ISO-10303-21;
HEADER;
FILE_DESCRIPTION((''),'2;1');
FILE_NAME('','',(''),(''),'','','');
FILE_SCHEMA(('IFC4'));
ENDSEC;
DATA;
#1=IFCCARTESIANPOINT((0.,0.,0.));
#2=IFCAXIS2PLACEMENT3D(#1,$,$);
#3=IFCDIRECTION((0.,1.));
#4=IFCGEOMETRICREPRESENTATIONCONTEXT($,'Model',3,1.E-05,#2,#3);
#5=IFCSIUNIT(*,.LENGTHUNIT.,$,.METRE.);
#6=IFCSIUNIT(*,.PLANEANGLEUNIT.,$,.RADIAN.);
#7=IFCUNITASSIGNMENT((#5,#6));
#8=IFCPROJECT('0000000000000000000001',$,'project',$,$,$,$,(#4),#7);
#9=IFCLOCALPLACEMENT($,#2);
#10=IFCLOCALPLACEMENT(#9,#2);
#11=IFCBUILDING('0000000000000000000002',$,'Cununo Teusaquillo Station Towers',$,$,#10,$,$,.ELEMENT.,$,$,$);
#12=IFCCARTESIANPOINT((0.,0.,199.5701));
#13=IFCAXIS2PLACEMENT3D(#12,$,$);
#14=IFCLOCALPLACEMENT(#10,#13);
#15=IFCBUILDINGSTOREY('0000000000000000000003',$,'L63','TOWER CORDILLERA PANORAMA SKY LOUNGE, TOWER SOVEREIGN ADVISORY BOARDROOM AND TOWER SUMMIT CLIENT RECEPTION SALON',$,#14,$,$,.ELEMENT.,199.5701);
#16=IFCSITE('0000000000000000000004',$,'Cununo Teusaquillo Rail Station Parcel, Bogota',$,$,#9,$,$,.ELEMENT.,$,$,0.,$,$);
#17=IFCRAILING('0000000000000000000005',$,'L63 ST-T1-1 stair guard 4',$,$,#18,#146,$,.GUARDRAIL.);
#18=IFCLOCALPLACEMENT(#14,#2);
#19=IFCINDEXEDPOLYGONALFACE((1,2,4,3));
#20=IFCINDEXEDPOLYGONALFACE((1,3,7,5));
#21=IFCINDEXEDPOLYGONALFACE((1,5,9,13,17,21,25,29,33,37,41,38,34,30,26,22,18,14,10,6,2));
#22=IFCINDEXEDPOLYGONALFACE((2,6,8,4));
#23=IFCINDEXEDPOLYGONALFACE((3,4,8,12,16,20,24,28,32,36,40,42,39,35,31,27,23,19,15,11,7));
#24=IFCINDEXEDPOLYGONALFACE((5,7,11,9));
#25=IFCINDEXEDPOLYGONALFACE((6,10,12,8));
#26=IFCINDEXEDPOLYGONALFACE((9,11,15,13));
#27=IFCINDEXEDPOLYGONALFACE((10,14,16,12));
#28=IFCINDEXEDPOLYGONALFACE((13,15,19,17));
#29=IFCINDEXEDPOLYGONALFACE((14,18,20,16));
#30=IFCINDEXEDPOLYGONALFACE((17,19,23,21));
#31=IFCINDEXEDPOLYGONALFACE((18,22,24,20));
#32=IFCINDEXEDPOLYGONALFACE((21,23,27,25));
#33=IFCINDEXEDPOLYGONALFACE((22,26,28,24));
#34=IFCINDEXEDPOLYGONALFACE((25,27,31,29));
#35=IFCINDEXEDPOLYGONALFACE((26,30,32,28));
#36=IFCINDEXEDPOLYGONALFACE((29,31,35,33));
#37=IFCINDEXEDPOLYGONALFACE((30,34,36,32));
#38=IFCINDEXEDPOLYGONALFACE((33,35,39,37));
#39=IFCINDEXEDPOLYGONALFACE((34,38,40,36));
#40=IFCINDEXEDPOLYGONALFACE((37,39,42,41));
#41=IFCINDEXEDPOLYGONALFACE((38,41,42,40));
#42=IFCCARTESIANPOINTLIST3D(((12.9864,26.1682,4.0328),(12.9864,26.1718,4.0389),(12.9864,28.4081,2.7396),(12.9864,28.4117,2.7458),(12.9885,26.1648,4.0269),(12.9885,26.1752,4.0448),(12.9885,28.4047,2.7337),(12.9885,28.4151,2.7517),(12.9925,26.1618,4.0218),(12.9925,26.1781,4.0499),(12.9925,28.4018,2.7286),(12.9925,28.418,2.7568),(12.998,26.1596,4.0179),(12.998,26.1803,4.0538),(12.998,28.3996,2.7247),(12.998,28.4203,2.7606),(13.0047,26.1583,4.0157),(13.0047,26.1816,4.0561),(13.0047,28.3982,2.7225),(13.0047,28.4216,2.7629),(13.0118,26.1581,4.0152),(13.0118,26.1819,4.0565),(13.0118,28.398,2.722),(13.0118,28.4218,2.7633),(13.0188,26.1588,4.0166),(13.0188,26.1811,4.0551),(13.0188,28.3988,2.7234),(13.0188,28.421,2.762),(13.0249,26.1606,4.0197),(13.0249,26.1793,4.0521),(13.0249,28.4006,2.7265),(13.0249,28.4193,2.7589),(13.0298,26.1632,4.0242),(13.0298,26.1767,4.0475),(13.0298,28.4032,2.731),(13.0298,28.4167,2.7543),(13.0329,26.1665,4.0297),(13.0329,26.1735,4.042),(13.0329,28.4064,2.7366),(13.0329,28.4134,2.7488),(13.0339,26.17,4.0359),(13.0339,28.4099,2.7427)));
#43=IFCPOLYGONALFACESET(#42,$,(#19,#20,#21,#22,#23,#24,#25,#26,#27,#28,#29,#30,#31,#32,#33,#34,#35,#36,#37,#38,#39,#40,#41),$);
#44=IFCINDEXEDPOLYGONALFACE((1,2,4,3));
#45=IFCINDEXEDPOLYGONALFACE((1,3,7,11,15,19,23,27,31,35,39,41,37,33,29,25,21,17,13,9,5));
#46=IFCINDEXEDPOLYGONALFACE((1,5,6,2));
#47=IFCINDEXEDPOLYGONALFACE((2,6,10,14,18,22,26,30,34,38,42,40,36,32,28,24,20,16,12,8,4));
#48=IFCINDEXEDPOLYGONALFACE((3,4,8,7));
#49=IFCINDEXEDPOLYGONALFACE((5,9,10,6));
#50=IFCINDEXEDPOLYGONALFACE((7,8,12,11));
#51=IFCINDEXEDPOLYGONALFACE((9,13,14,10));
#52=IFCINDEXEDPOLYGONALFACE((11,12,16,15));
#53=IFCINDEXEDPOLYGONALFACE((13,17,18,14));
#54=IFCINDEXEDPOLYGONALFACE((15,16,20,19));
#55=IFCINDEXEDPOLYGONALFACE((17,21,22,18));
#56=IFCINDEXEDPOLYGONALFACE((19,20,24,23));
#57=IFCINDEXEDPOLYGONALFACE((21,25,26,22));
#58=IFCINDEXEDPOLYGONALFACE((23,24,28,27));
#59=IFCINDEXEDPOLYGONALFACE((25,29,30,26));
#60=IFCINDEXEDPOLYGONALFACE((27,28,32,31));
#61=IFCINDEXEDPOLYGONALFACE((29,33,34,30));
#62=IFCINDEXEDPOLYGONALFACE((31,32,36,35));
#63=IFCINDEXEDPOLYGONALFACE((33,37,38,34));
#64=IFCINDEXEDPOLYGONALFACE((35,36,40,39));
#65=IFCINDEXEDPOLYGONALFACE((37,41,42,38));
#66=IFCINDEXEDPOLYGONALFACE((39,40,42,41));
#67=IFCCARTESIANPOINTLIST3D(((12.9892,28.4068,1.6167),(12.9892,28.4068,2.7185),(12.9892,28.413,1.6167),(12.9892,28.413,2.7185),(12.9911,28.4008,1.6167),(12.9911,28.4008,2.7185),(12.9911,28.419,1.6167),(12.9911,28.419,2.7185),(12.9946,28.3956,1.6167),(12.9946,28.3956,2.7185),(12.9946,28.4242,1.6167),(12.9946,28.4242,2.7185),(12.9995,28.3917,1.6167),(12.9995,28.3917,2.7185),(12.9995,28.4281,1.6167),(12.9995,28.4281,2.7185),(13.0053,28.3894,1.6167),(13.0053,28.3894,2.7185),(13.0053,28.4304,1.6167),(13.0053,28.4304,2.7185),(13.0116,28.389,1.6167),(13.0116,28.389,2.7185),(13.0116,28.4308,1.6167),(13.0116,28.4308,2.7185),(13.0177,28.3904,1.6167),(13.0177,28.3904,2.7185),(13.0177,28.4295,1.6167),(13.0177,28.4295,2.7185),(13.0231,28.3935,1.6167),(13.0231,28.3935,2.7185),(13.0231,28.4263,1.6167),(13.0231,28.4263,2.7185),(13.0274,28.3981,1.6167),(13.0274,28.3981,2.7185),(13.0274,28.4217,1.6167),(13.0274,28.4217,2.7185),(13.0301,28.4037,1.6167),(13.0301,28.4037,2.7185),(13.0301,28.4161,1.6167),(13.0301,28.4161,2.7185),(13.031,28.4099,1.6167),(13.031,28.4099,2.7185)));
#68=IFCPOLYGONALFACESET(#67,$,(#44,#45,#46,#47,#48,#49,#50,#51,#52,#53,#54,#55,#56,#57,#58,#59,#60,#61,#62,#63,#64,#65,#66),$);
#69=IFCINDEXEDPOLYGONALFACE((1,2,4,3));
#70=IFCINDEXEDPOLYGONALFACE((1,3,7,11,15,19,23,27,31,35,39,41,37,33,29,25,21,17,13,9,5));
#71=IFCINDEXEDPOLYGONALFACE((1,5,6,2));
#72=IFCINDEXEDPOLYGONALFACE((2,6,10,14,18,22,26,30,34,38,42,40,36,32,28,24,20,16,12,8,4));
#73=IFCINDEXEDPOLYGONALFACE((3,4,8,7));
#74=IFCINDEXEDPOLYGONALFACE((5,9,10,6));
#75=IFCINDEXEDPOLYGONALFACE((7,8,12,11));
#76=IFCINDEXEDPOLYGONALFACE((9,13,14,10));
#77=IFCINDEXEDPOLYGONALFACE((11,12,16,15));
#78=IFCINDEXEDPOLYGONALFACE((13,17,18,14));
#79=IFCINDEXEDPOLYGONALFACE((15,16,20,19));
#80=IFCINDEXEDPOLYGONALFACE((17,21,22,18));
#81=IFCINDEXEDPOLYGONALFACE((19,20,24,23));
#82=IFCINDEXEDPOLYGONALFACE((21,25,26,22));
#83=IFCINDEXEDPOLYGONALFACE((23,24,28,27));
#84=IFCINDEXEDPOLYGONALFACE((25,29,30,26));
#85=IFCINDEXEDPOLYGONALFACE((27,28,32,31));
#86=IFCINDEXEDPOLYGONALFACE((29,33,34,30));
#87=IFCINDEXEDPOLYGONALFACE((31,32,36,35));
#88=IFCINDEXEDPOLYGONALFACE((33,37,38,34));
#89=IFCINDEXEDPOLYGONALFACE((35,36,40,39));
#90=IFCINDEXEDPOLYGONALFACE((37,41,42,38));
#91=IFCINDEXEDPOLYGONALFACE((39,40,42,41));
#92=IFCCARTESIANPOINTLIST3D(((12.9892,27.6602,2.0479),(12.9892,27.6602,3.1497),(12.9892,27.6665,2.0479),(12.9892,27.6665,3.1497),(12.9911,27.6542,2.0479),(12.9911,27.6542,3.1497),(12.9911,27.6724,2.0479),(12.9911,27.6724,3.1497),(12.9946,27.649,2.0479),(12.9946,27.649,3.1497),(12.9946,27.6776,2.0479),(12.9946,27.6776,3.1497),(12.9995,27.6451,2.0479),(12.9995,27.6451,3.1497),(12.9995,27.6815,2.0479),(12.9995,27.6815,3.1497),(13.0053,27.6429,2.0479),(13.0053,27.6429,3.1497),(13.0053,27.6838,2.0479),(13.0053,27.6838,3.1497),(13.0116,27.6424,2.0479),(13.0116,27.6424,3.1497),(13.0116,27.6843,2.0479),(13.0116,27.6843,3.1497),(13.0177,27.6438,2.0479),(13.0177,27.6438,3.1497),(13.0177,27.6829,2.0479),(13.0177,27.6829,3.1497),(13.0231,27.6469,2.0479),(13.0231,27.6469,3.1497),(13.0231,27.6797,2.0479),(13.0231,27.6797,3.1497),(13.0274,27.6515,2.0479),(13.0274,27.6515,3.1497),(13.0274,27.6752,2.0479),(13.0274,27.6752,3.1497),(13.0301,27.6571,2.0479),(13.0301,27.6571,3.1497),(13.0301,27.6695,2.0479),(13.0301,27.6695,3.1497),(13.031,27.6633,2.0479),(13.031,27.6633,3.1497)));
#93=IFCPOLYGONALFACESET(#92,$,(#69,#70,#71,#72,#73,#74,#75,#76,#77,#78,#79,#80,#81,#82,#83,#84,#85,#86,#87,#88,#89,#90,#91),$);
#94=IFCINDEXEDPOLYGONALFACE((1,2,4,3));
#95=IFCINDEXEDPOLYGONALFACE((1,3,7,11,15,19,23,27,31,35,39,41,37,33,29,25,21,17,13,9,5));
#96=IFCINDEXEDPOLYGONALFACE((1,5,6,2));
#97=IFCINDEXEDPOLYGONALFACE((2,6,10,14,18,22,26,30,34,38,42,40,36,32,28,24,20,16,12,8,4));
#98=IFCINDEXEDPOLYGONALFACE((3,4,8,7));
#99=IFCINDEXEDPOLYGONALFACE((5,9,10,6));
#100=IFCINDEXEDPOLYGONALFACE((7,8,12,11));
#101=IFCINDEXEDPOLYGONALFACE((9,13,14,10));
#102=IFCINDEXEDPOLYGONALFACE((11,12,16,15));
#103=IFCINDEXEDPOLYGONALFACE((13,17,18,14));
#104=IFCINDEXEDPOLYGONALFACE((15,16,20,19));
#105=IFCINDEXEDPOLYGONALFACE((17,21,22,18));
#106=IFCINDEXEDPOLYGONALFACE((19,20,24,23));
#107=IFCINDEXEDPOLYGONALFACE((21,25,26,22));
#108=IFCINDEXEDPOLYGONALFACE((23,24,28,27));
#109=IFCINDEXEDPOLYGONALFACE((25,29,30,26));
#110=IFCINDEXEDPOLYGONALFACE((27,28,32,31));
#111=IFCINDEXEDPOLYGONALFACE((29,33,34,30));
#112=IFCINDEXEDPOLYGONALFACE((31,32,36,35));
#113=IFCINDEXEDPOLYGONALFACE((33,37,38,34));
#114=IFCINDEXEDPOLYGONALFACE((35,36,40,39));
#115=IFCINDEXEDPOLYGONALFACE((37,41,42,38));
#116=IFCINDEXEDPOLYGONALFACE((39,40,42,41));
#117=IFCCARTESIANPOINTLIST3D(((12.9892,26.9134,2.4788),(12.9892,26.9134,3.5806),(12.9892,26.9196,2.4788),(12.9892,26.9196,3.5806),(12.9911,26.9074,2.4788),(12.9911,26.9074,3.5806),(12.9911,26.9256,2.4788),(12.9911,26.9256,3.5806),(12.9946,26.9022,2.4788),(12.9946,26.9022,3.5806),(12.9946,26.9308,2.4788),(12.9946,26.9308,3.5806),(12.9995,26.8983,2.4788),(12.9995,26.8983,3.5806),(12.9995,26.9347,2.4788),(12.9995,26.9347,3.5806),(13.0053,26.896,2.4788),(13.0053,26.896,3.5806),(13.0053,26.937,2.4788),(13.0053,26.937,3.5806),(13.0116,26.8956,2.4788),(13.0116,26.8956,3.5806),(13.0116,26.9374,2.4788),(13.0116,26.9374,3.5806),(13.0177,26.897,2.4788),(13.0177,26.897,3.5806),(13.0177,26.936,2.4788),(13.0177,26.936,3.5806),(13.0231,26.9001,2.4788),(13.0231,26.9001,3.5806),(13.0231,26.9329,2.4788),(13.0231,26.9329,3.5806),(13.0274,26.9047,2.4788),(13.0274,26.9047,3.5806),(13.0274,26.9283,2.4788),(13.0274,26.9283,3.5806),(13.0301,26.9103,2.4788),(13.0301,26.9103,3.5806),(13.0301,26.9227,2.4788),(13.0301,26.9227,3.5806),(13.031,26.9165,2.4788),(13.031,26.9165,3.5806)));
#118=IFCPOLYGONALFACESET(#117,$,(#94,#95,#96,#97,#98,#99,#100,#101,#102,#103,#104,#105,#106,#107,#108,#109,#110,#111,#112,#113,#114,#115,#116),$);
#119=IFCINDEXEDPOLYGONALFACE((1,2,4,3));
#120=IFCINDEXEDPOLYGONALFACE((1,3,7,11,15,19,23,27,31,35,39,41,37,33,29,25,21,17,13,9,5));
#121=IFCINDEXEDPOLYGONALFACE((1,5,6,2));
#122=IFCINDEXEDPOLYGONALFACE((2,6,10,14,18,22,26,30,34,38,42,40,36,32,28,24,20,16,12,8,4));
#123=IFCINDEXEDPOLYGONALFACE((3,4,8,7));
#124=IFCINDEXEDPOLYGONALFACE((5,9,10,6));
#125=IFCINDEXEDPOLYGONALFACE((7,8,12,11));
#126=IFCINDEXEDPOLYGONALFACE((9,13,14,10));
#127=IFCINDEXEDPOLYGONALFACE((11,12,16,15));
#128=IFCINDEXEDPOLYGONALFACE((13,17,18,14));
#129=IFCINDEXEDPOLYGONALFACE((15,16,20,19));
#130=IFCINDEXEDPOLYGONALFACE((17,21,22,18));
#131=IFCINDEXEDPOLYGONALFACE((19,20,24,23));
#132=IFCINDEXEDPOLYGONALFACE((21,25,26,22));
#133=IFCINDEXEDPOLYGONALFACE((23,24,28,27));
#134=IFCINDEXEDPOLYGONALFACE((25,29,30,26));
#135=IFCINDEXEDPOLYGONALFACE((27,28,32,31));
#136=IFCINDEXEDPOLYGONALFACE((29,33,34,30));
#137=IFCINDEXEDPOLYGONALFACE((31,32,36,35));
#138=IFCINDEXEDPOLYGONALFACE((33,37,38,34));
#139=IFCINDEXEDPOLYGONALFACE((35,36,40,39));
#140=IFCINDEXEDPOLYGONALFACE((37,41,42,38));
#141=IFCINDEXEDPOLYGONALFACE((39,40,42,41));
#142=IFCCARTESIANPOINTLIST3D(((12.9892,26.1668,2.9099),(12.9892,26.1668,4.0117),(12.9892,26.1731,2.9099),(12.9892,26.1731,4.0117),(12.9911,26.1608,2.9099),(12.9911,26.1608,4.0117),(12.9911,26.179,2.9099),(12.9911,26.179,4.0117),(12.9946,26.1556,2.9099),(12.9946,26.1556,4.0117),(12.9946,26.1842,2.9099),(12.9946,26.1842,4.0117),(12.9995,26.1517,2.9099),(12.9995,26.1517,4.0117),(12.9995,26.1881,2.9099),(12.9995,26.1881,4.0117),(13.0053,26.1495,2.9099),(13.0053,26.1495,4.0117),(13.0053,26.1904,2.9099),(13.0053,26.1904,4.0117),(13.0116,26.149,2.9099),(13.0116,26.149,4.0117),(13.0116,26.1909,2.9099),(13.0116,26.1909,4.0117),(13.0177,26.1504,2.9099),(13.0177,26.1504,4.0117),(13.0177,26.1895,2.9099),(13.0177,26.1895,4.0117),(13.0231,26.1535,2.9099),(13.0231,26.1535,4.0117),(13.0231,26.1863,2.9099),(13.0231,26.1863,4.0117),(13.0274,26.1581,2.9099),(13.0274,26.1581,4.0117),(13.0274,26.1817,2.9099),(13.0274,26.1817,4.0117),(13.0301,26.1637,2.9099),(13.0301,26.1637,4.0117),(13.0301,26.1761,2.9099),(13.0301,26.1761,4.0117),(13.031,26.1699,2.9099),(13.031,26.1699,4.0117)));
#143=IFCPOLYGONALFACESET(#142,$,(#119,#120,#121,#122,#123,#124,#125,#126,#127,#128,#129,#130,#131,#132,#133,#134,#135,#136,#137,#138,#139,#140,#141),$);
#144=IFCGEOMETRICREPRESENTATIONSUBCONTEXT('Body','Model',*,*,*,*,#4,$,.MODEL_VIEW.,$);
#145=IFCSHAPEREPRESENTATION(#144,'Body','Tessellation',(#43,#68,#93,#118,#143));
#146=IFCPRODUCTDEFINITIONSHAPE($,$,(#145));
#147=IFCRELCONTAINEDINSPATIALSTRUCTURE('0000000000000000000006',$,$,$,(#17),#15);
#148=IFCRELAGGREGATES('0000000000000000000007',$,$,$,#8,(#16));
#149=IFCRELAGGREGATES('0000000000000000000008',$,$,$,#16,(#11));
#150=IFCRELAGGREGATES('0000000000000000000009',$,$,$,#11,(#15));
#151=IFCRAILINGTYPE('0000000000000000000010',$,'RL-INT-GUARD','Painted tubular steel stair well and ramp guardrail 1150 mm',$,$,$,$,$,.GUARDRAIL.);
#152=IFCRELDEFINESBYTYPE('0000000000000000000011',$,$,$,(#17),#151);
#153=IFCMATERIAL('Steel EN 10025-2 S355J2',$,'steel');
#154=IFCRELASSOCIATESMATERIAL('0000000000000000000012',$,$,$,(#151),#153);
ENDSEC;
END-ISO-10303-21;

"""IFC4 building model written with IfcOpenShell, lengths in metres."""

from ifc_helpers import new_model, si_unit, direction, frame, origin, origin_2d, place, context, subcontext, project, spatial, circle, extrude, material, type_object, element, save


model = new_model("IFC4")

# Units and contexts
model_context = context("Model", 3, precision=1e-05, world=origin(), true_north=direction((0.0, 1.0)))
body_context = subcontext(model_context, "Body", "Model", "MODEL_VIEW")
ifc_project = project(units=[si_unit("LENGTHUNIT", "METRE"), si_unit("PLANEANGLEUNIT", "RADIAN")], contexts=[model_context])

# Site, building, storey
site_placement = place(None, origin())
site = spatial("IfcSite", under=ifc_project, at=site_placement, Name="Cununo Teusaquillo Rail Station Parcel, Bogota", CompositionType="ELEMENT", RefElevation=0.0)
building_placement = place(site_placement, origin())
building = spatial("IfcBuilding", under=site, at=building_placement, Name="Cununo Teusaquillo Station Towers", CompositionType="ELEMENT")
storey_placement = place(building_placement, frame((0.0, 0.0, 199.5701)))
storey = spatial("IfcBuildingStorey", under=building, at=storey_placement, Name="L63", Description="TOWER CORDILLERA PANORAMA SKY LOUNGE, TOWER SOVEREIGN ADVISORY BOARDROOM AND TOWER SUMMIT CLIENT RECEPTION SALON", CompositionType="ELEMENT", Elevation=199.5701)

# Railing
ifc_material_1 = material(Name="Steel EN 10025-2 S355J2", Category="steel")
railing_type_1 = type_object("IfcRailingType", Name="RL-INT-GUARD", Description="Painted tubular steel stair well and ramp guardrail 1150 mm", PredefinedType="GUARDRAIL", material=ifc_material_1)
railing_1_placement = place(storey_placement, frame((13.01, 28.4099, 1.6167)))
element("IfcRailing", 1, at=railing_1_placement, inside=storey, type_object=railing_type_1, Name="L63 ST-T1-1 stair guard 4", PredefinedType="GUARDRAIL", context=body_context, shape_type="SweptSolid", body=[
    extrude(circle(Radius=0.0239, at=origin_2d()), frame((0.0, 0.0, 1.126), z_axis=(0.0, -0.866033, 0.499987), x_axis=(1.0, 0.0, 0.0)), (0.0, 0.0, 1.0), 2.5864),
    extrude(circle(Radius=0.021, at=origin_2d()), origin(), (0.0, 0.0, 1.0), 1.1018),
    extrude(circle(Radius=0.021, at=origin_2d()), frame((0.0, -0.7466, 0.4312)), (0.0, 0.0, 1.0), 1.1018),
    extrude(circle(Radius=0.021, at=origin_2d()), frame((0.0, -1.4934, 0.8621)), (0.0, 0.0, 1.0), 1.1018),
    extrude(circle(Radius=0.021, at=origin_2d()), frame((0.0, -2.24, 1.2932)), (0.0, 0.0, 1.0), 1.1018),
])

save(model, "model.ifc")
